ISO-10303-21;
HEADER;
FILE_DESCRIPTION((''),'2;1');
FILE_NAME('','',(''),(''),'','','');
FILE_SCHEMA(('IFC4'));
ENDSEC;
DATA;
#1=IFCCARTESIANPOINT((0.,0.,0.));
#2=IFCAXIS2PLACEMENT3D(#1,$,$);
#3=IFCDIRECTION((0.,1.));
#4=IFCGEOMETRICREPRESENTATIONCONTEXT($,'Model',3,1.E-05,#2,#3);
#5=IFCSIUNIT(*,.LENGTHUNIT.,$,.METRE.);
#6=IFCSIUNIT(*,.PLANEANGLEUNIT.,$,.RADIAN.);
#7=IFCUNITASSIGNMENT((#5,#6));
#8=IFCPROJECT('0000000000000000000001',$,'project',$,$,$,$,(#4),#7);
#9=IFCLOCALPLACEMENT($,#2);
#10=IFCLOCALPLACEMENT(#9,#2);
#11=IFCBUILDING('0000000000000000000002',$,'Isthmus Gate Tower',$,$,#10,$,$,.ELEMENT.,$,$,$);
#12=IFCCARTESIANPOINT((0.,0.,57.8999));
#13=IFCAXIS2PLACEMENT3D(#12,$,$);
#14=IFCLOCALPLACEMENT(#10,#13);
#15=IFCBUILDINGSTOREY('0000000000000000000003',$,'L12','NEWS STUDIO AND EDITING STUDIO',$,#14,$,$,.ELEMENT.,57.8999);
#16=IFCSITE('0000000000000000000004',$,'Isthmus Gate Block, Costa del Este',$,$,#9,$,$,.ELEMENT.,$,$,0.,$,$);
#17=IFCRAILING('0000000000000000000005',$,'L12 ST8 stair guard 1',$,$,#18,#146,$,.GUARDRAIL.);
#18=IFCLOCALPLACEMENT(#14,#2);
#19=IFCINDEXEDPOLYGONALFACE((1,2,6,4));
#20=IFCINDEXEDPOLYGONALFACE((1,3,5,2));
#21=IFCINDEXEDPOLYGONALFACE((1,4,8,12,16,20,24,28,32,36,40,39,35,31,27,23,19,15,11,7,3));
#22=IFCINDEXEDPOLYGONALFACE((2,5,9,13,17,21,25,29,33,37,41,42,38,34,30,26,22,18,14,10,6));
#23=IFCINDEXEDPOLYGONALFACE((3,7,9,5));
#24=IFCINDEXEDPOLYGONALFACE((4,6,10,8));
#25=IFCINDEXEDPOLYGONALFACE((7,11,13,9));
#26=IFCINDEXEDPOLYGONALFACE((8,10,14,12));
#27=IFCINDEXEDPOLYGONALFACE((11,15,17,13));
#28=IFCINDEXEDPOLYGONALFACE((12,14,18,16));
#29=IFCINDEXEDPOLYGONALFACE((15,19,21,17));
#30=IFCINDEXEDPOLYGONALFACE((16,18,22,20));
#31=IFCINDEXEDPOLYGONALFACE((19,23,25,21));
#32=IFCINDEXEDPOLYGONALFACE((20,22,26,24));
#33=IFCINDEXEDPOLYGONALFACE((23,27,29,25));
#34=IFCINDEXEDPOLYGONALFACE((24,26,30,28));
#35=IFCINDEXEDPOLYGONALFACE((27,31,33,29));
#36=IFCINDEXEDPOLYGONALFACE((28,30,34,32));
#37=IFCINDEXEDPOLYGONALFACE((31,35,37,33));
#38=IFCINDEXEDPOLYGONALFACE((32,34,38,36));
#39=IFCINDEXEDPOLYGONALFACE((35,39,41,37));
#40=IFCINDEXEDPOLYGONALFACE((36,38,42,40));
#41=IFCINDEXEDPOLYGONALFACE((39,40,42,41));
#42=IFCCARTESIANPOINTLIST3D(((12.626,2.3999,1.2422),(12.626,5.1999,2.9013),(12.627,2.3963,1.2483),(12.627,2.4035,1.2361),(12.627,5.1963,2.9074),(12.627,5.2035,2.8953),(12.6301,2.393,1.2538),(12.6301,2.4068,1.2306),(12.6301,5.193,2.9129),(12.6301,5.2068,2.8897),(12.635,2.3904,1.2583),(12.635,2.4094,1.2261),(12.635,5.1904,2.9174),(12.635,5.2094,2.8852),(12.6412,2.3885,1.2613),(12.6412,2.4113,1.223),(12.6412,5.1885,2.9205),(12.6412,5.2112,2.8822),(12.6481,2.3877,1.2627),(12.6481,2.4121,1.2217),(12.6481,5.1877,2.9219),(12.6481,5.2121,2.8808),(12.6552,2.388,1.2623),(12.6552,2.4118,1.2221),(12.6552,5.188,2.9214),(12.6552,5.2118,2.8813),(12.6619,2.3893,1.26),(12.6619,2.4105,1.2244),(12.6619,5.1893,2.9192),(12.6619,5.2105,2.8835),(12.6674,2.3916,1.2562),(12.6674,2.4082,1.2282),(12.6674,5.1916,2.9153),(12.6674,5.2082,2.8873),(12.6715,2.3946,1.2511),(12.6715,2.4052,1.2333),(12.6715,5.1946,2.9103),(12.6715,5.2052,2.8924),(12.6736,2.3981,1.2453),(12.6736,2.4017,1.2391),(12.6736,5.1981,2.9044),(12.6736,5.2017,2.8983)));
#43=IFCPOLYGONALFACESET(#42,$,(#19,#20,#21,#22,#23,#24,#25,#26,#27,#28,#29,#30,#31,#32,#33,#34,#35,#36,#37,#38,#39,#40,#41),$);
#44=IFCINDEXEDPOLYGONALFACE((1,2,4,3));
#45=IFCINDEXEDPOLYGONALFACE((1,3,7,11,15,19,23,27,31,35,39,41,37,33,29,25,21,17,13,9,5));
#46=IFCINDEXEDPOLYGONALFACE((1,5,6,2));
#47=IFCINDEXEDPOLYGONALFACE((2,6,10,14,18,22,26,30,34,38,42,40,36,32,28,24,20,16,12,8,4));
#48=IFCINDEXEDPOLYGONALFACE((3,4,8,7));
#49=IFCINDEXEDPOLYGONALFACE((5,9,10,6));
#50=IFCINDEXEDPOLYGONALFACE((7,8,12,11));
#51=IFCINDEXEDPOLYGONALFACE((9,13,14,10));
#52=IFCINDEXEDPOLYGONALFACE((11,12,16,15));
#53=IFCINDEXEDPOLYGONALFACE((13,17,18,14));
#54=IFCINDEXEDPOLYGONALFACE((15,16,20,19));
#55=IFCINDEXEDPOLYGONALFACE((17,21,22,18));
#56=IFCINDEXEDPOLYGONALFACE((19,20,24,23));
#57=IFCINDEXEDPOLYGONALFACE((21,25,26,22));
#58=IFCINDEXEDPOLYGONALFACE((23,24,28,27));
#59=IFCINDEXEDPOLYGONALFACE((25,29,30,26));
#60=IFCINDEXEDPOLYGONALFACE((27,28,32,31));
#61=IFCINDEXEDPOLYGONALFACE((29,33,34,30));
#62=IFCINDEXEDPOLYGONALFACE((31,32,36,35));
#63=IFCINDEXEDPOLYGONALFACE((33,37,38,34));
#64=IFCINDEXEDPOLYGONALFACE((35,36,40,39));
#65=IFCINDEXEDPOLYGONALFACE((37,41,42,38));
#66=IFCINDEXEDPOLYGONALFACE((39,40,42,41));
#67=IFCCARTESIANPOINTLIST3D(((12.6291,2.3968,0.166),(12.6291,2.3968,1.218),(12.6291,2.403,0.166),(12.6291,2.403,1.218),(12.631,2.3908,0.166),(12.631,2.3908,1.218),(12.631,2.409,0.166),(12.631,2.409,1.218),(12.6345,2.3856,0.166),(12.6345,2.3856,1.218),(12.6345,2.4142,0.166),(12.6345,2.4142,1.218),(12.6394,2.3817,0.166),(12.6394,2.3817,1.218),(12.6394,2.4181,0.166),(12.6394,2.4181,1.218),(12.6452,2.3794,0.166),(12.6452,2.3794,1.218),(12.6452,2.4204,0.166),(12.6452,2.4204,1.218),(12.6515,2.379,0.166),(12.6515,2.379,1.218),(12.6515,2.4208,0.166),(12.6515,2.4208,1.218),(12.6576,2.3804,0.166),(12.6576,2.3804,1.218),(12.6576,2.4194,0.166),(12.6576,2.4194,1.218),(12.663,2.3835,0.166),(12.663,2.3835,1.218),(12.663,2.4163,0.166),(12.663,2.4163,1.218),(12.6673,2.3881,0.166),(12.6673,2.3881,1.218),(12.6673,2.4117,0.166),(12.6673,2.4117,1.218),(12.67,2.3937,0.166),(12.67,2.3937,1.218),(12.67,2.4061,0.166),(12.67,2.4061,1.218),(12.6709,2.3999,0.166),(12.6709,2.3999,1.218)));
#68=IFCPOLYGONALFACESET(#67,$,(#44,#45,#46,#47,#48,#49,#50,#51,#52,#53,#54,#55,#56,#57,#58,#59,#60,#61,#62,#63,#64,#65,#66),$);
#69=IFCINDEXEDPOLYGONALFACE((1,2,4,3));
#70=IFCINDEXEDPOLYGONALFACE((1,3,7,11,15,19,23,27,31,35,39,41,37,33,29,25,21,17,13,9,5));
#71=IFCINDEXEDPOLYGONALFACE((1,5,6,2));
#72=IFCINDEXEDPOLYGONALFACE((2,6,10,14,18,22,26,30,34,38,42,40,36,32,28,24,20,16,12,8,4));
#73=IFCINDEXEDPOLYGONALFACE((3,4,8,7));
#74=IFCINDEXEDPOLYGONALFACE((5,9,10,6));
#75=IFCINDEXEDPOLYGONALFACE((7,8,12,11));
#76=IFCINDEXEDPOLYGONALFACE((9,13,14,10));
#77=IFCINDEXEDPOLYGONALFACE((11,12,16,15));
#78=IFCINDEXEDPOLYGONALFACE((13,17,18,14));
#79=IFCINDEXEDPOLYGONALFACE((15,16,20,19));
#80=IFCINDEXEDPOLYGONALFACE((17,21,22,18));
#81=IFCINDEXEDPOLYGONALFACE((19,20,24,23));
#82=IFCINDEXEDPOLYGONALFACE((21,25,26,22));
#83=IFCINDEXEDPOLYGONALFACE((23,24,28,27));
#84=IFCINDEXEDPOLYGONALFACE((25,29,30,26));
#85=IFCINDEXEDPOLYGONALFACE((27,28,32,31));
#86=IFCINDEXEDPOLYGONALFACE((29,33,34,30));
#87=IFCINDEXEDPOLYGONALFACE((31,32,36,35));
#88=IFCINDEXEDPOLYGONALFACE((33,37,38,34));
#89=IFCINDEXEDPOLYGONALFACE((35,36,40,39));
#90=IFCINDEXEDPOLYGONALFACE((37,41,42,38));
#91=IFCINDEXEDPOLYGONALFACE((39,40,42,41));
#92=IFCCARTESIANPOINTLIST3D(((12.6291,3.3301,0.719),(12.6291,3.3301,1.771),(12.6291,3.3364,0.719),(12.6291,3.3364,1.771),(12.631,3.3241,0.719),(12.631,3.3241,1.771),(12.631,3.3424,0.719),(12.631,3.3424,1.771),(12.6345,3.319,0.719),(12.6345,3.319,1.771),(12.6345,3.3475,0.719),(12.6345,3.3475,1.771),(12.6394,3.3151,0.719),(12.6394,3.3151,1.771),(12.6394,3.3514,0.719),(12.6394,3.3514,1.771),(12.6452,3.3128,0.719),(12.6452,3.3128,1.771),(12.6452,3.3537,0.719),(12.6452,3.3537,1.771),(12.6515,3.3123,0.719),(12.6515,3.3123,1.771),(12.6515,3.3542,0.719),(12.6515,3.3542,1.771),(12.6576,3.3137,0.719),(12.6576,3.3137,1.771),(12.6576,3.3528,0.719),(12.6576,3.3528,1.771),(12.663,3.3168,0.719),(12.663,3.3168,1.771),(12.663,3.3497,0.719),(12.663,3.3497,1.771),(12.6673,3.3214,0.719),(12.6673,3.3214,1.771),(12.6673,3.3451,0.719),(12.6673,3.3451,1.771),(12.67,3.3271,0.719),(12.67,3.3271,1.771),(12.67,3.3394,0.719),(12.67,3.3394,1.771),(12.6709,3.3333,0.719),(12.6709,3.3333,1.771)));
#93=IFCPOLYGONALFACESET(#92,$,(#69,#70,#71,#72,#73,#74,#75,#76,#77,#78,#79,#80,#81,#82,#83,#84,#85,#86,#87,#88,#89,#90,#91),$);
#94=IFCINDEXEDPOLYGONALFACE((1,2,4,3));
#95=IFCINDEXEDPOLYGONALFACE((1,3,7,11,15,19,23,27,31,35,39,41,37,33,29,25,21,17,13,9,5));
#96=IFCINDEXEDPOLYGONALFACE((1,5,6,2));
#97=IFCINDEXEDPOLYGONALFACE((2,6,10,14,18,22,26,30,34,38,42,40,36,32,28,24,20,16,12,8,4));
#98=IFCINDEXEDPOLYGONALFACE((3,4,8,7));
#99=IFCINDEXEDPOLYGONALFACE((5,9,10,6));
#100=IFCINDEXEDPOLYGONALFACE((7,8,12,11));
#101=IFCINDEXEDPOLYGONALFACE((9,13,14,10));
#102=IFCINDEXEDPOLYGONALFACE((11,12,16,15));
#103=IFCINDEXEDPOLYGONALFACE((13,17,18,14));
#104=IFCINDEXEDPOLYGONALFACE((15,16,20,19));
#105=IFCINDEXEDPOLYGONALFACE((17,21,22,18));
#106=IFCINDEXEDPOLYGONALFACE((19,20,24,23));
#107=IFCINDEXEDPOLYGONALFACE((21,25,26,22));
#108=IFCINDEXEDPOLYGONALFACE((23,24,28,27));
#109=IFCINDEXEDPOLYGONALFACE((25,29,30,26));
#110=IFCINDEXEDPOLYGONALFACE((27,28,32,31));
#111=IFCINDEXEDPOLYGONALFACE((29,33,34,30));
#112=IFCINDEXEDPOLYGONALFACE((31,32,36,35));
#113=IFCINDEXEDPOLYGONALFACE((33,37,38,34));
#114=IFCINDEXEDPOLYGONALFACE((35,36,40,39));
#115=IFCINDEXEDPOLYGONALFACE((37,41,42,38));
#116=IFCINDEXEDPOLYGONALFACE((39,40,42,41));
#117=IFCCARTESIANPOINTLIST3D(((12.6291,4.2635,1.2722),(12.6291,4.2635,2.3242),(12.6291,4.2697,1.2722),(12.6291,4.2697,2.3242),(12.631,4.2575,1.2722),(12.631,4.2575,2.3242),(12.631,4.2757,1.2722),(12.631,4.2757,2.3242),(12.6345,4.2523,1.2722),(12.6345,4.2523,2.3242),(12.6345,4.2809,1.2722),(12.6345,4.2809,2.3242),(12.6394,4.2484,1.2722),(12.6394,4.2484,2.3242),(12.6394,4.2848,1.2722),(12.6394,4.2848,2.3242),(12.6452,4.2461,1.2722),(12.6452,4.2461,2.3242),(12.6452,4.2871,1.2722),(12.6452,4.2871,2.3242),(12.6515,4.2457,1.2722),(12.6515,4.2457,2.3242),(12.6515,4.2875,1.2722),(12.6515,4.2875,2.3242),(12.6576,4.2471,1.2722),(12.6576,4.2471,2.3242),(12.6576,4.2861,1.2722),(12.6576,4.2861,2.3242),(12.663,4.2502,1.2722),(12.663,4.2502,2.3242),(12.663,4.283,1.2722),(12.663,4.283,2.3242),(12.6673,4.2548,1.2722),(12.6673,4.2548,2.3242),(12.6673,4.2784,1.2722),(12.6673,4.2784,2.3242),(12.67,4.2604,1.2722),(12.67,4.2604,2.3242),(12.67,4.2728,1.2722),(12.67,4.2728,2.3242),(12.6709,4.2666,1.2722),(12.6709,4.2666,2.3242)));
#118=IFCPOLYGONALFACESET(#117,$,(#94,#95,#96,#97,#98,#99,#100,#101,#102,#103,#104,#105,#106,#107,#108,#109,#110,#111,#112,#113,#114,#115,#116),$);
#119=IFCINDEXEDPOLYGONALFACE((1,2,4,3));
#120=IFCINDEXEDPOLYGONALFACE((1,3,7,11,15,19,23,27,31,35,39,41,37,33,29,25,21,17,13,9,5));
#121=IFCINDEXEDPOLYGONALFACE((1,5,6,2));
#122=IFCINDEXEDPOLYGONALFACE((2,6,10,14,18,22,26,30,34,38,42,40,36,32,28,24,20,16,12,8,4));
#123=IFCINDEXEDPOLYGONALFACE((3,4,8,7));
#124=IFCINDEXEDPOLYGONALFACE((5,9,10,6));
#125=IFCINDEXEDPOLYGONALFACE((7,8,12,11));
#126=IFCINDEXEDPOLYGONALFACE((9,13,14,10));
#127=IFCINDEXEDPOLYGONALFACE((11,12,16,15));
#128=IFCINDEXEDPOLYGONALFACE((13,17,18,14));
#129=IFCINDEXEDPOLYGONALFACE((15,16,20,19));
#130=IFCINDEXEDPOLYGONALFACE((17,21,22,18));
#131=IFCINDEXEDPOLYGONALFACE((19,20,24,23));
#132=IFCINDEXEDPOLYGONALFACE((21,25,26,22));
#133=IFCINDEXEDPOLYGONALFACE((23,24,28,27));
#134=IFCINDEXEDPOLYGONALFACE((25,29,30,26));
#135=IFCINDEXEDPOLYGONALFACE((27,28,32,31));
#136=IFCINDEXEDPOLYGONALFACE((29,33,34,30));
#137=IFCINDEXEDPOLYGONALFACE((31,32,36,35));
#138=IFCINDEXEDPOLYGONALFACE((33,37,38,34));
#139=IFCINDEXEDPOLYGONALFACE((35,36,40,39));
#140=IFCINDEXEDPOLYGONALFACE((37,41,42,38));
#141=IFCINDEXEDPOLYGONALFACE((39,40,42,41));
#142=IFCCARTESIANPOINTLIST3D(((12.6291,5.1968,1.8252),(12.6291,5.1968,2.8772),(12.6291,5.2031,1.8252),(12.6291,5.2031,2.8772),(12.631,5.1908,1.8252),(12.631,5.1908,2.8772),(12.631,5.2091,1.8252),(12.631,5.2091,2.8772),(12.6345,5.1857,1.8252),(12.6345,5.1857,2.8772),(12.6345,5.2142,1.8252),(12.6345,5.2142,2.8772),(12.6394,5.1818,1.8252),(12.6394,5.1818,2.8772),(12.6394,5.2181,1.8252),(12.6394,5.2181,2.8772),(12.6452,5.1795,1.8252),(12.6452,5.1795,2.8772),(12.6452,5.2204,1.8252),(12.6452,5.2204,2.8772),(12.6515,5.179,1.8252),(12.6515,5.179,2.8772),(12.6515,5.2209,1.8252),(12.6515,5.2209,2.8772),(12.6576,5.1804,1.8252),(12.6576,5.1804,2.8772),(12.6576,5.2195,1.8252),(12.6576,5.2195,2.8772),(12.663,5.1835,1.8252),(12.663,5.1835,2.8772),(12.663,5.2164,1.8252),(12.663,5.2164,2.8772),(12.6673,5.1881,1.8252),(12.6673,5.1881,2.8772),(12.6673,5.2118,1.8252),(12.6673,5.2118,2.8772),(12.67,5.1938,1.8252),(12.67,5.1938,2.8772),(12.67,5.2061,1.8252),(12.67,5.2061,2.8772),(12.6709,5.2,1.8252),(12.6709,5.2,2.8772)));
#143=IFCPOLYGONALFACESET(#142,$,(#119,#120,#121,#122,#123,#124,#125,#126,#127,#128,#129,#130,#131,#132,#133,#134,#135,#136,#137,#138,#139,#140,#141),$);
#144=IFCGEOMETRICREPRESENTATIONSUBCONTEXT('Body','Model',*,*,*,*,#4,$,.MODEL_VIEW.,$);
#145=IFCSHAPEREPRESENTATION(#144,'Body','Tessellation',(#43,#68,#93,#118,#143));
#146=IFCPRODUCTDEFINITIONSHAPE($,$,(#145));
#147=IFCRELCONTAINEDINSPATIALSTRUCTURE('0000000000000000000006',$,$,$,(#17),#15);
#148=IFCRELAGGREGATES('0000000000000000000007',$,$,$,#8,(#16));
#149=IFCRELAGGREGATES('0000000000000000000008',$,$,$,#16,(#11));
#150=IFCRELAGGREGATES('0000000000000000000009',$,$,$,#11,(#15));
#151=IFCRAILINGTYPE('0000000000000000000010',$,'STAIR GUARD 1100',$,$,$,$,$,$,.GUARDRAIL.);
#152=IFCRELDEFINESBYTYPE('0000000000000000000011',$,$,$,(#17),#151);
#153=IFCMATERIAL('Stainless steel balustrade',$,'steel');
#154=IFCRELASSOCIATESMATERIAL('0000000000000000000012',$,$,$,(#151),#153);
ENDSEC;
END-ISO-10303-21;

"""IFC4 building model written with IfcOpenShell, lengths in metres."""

from ifc_helpers import new_model, si_unit, direction, frame, origin, origin_2d, place, context, subcontext, project, spatial, circle, extrude, material, type_object, element, save


model = new_model("IFC4")

# Units and contexts
model_context = context("Model", 3, precision=1e-05, world=origin(), true_north=direction((0.0, 1.0)))
body_context = subcontext(model_context, "Body", "Model", "MODEL_VIEW")
ifc_project = project(units=[si_unit("LENGTHUNIT", "METRE"), si_unit("PLANEANGLEUNIT", "RADIAN")], contexts=[model_context])

# Site, building, storey
site_placement = place(None, origin())
site = spatial("IfcSite", under=ifc_project, at=site_placement, Name="Isthmus Gate Block, Costa del Este", CompositionType="ELEMENT", RefElevation=0.0)
building_placement = place(site_placement, origin())
building = spatial("IfcBuilding", under=site, at=building_placement, Name="Isthmus Gate Tower", CompositionType="ELEMENT")
storey_placement = place(building_placement, frame((0.0, 0.0, 57.8999)))
storey = spatial("IfcBuildingStorey", under=building, at=storey_placement, Name="L12", Description="NEWS STUDIO AND EDITING STUDIO", CompositionType="ELEMENT", Elevation=57.8999)

# Railing
ifc_material_1 = material(Name="Stainless steel balustrade", Category="steel")
railing_type_1 = type_object("IfcRailingType", Name="STAIR GUARD 1100", PredefinedType="GUARDRAIL", material=ifc_material_1)
for number, where, name in (
    (1, (12.6499, 2.3999, 0.166), "L12 ST8 stair guard 1"),
):
    element("IfcRailing", number, at=place(storey_placement, frame(where)), inside=storey, type_object=railing_type_1, Name=name, PredefinedType="GUARDRAIL", context=body_context, shape_type="SweptSolid", body=[
        extrude(circle(Radius=0.0239, at=origin_2d()), frame((0.0, 0.0, 1.0762), z_axis=(0.0, 0.860306, 0.509778), x_axis=(-1.0, 0.0, 0.0)), (0.0, 0.0, 1.0), 3.2546),
        extrude(circle(Radius=0.021, at=origin_2d()), origin(), (0.0, 0.0, 1.0), 1.052),
        extrude(circle(Radius=0.021, at=origin_2d()), frame((0.0, 0.9333, 0.553)), (0.0, 0.0, 1.0), 1.052),
        extrude(circle(Radius=0.021, at=origin_2d()), frame((0.0, 1.8667, 1.1062)), (0.0, 0.0, 1.0), 1.052),
        extrude(circle(Radius=0.021, at=origin_2d()), frame((0.0, 2.8, 1.6592)), (0.0, 0.0, 1.0), 1.052),
    ])

save(model, "model.ifc")
